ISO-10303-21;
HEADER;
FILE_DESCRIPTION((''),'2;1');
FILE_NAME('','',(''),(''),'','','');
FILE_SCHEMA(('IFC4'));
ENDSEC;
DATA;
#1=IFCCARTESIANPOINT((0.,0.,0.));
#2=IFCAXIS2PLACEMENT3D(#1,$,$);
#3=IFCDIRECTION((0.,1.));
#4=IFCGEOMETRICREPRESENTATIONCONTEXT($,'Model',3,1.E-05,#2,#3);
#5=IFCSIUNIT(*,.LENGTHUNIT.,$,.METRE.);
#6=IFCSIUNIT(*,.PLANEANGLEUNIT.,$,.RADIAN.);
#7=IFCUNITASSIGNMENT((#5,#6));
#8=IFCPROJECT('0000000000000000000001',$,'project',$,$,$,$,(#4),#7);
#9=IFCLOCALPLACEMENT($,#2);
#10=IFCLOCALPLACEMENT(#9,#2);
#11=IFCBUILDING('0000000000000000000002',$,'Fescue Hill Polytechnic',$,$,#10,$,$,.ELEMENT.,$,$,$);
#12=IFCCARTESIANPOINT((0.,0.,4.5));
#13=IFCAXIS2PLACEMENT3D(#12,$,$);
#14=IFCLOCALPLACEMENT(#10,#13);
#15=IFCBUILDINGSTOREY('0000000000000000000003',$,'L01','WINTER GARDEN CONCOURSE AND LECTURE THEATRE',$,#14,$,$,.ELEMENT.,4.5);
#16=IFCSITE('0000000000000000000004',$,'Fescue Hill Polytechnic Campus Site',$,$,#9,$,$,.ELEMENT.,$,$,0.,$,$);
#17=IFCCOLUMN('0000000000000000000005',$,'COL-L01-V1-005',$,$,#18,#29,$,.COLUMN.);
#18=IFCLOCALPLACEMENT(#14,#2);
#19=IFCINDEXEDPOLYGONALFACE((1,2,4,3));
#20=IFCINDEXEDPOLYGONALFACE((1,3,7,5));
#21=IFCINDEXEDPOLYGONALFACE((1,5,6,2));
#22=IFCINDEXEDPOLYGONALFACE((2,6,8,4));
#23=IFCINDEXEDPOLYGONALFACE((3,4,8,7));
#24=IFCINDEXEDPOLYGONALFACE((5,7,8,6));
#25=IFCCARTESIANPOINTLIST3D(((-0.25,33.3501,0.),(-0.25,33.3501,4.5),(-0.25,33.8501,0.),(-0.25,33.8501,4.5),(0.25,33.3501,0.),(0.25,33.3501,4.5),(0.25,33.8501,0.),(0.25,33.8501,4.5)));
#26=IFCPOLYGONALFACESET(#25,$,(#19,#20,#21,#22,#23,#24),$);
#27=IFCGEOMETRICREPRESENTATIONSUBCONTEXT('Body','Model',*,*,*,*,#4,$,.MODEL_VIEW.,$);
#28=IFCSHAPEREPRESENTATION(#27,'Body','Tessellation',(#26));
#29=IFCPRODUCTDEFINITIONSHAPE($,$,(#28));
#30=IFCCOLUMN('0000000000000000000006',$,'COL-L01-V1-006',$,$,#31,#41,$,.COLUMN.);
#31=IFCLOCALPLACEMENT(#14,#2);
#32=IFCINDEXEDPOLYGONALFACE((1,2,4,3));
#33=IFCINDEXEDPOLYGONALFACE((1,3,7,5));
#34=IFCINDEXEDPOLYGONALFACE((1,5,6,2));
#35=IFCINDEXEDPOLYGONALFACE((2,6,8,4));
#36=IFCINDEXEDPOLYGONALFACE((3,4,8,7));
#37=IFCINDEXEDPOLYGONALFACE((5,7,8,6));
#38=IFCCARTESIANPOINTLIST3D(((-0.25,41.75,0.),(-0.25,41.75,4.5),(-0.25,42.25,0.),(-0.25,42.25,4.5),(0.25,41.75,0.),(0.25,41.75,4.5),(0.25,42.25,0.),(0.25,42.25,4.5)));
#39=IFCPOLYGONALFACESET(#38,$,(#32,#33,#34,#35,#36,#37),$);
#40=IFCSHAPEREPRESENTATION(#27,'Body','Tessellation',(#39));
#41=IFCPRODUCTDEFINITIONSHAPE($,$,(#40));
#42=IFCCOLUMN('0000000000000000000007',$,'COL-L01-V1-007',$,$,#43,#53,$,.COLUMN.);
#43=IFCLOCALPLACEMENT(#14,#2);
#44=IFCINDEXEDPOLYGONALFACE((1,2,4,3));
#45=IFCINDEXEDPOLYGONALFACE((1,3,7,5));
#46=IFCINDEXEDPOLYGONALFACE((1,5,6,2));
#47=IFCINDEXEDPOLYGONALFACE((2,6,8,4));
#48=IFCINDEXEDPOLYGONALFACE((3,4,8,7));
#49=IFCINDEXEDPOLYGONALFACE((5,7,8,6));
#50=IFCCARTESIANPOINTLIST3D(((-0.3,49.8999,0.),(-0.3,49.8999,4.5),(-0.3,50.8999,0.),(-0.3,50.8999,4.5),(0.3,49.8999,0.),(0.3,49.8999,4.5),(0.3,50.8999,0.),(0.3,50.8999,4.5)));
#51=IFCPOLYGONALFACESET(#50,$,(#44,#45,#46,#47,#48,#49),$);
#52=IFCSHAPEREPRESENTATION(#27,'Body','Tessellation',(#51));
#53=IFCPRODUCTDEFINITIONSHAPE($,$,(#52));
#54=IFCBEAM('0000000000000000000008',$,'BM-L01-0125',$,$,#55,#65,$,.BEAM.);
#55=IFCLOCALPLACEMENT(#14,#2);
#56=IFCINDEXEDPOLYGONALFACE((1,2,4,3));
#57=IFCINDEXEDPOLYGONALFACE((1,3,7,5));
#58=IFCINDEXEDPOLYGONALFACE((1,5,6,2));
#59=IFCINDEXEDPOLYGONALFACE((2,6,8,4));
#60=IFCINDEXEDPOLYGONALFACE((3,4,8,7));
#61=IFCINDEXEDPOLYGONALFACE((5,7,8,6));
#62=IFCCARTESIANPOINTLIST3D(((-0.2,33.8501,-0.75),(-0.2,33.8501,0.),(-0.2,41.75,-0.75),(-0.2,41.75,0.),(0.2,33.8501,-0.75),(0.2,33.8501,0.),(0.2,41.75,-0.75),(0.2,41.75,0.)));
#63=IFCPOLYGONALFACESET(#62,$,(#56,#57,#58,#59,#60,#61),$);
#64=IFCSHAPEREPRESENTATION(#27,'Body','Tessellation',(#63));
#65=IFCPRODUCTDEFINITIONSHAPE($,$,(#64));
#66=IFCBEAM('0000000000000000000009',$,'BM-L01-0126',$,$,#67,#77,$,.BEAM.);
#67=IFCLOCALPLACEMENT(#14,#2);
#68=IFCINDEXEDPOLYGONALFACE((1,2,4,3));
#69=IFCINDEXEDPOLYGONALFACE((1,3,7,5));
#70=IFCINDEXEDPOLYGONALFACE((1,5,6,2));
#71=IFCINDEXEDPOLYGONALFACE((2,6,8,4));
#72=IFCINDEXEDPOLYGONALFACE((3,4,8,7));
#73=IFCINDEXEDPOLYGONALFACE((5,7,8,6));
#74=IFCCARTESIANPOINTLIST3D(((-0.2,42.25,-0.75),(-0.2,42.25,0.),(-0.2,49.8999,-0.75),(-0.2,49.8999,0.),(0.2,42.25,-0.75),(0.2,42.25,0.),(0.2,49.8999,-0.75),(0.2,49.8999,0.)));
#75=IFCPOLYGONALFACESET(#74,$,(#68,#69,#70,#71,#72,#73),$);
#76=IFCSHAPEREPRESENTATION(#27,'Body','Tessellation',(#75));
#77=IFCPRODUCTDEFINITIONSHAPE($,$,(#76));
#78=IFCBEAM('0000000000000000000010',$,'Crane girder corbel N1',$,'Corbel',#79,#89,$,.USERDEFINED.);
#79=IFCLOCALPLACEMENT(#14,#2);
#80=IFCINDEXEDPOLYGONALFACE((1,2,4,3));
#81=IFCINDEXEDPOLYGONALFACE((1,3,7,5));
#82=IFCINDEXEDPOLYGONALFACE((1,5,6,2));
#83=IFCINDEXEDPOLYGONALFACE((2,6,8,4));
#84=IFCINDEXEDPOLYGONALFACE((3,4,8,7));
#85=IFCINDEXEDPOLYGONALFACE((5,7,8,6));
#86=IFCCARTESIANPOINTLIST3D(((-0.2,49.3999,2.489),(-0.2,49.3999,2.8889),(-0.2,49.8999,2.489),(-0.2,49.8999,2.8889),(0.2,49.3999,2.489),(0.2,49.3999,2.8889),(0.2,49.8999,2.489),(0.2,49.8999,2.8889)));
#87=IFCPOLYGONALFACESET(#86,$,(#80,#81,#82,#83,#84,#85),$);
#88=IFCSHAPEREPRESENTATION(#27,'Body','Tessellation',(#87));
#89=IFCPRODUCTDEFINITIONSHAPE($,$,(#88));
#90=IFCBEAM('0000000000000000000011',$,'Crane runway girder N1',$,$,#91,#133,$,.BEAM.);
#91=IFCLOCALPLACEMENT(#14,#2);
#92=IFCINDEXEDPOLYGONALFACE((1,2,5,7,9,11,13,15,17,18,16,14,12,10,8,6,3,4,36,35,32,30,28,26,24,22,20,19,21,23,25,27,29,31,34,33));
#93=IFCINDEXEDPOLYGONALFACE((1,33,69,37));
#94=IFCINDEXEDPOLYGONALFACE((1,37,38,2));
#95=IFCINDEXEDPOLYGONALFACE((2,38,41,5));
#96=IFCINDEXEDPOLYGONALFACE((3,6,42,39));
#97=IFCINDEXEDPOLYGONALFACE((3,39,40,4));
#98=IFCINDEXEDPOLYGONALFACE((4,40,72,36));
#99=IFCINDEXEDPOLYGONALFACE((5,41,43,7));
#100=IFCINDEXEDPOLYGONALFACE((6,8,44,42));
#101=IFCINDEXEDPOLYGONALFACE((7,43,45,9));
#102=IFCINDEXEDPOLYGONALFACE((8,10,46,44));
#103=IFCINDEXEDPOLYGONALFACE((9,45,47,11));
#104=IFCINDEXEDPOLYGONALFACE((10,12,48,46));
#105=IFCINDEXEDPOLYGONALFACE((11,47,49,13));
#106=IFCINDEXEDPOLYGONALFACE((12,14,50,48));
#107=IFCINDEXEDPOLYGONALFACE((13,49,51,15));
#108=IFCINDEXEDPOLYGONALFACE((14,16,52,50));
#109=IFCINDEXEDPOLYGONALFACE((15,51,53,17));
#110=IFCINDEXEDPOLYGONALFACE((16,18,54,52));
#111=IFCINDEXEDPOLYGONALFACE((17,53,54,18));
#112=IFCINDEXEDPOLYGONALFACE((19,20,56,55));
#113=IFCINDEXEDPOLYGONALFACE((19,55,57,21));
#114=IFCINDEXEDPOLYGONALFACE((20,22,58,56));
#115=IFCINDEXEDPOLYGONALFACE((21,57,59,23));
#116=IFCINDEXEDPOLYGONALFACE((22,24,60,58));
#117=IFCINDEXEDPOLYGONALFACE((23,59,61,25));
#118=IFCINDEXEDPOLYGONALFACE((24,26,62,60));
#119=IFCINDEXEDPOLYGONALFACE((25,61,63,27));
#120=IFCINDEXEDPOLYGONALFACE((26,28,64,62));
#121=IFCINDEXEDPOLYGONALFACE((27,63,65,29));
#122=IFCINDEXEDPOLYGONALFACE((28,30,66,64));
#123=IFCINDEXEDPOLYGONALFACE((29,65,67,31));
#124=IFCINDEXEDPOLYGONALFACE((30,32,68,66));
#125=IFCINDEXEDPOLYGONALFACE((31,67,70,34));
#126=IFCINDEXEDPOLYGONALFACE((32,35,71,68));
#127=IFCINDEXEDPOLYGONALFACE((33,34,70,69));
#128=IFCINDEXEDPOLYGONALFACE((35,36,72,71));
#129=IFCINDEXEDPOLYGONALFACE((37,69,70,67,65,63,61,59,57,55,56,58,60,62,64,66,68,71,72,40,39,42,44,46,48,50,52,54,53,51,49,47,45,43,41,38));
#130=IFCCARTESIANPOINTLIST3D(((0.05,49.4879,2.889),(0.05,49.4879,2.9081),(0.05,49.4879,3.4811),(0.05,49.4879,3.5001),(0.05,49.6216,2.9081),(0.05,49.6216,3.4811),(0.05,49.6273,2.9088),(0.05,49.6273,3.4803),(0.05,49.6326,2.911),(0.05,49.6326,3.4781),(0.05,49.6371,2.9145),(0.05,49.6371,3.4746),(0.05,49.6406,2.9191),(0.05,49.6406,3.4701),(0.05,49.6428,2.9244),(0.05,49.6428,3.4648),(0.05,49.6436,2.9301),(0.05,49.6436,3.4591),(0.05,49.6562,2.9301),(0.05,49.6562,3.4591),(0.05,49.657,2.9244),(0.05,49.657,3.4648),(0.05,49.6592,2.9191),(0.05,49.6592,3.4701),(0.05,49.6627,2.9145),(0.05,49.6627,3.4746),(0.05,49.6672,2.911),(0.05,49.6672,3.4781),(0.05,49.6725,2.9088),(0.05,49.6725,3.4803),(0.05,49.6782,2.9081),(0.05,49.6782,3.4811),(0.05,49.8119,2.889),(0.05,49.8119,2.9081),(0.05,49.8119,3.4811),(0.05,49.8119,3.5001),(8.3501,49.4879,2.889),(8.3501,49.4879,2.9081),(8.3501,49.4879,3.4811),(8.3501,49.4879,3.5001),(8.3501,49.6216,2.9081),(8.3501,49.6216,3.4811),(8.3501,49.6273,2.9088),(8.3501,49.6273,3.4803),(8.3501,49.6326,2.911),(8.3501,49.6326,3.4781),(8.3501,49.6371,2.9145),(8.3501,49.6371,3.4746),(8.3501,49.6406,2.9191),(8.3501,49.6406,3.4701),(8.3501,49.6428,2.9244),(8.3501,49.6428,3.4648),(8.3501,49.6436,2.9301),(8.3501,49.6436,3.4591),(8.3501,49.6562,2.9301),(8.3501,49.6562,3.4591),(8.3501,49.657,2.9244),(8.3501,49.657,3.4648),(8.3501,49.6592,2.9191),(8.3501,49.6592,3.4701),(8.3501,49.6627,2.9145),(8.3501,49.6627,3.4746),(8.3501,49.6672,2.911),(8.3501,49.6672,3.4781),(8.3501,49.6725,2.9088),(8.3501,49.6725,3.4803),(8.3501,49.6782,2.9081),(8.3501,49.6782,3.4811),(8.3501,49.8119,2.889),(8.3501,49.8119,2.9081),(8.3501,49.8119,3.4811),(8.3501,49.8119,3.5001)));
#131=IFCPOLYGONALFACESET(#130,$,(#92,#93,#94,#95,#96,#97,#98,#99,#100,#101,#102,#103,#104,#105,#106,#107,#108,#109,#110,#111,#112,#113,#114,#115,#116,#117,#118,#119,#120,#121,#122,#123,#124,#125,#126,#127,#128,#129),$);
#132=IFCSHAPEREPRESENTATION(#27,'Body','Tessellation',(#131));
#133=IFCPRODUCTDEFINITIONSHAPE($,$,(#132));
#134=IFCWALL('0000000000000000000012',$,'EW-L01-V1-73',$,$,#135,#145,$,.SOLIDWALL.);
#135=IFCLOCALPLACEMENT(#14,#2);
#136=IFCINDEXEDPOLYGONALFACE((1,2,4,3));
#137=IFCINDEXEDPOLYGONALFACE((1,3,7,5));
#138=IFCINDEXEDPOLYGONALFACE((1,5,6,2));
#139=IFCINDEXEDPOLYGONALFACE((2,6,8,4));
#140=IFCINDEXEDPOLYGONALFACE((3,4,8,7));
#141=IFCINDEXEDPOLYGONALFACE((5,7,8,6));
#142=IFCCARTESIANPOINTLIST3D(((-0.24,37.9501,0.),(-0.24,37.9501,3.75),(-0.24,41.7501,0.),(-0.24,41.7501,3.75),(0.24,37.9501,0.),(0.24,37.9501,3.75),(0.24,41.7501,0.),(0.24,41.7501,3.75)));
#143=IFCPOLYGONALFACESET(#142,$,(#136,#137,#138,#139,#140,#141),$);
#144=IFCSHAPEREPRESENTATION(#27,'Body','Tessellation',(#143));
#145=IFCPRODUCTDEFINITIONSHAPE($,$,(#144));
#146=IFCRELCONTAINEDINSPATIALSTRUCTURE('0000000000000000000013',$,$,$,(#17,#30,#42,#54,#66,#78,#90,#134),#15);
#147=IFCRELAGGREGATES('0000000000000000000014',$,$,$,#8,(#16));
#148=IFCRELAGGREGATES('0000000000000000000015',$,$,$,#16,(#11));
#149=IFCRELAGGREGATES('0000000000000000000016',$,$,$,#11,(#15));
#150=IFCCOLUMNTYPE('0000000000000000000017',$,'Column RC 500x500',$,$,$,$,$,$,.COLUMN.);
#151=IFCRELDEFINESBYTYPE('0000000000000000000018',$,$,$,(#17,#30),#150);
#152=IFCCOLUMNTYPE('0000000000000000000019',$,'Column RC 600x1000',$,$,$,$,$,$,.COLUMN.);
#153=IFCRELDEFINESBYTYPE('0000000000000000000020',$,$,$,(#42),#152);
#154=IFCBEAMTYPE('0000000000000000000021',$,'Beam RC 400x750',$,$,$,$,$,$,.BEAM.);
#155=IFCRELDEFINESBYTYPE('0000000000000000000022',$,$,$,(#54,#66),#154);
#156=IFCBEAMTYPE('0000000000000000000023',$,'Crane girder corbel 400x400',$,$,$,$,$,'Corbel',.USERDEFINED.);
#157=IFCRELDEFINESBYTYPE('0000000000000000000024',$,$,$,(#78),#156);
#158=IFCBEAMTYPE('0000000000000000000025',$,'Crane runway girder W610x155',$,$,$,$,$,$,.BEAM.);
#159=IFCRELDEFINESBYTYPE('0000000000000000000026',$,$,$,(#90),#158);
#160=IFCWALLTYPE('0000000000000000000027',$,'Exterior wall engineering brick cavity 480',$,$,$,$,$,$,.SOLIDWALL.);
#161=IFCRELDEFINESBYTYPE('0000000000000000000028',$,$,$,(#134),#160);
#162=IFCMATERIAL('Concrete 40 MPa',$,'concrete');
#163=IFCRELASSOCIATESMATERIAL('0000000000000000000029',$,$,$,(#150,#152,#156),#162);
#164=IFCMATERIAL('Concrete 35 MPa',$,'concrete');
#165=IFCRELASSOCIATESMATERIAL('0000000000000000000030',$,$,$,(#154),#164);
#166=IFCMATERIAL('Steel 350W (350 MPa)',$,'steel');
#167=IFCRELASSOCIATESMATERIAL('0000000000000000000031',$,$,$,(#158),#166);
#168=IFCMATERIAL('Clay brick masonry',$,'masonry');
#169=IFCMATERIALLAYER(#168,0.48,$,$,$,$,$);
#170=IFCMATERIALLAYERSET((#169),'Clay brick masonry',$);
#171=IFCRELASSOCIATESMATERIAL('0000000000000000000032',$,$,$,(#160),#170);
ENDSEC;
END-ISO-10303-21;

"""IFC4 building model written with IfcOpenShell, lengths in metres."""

from ifc_helpers import new_model, si_unit, direction, frame, frame_2d, origin, origin_2d, place, context, subcontext, project, spatial, rectangle, i_section, extrude, material, layer, layer_set, material_profile, profile_set, type_object, element, save


model = new_model("IFC4")

# Units and contexts
model_context = context("Model", 3, precision=1e-05, world=origin(), true_north=direction((0.0, 1.0)))
body_context = subcontext(model_context, "Body", "Model", "MODEL_VIEW")
ifc_project = project(units=[si_unit("LENGTHUNIT", "METRE"), si_unit("PLANEANGLEUNIT", "RADIAN")], contexts=[model_context])

# Site, building, storey
site_placement = place(None, origin())
site = spatial("IfcSite", under=ifc_project, at=site_placement, Name="Fescue Hill Polytechnic Campus Site", CompositionType="ELEMENT", RefElevation=0.0)
building_placement = place(site_placement, origin())
building = spatial("IfcBuilding", under=site, at=building_placement, Name="Fescue Hill Polytechnic", CompositionType="ELEMENT")
storey_placement = place(building_placement, frame((0.0, 0.0, 4.5)))
storey = spatial("IfcBuildingStorey", under=building, at=storey_placement, Name="L01", Description="WINTER GARDEN CONCOURSE AND LECTURE THEATRE", CompositionType="ELEMENT", Elevation=4.5)

# Columns
ifc_material_1 = material(Name="Concrete 40 MPa", Category="concrete")
ifc_material_profile_1 = material_profile(ifc_material_1, rectangle(XDim=0.5, YDim=0.5, at=origin_2d()), Name="RC 500x500")
ifc_profile_set_1 = profile_set([ifc_material_profile_1], Name="Concrete 40 MPa")
column_type_1 = type_object("IfcColumnType", Name="Column RC 500x500", PredefinedType="COLUMN", material=ifc_profile_set_1)
for number, where, z_axis, x_axis, name in (
    (1, (0.0, 33.6001, 0.0), (0.0, 0.0, 1.0), (1.0, 0.0, 0.0), "COL-L01-V1-005"),
    (2, (0.0, 42.0, 0.0), (0.0, 0.0, 1.0), (1.0, 0.0, 0.0), "COL-L01-V1-006"),
):
    element("IfcColumn", number, at=place(storey_placement, frame(where, z_axis=z_axis, x_axis=x_axis)), inside=storey, type_object=column_type_1, Name=name, PredefinedType="COLUMN", context=body_context, shape_type="SweptSolid", body=[
        extrude(rectangle(XDim=0.5, YDim=0.5, at=origin_2d()), origin(), (0.0, 0.0, 1.0), 4.5),
    ])
ifc_material_profile_2 = material_profile(ifc_material_1, rectangle(XDim=0.6001, YDim=1.0, at=origin_2d()), Name="RC 600x1000")
ifc_profile_set_2 = profile_set([ifc_material_profile_2], Name="Concrete 40 MPa")
column_type_2 = type_object("IfcColumnType", Name="Column RC 600x1000", PredefinedType="COLUMN", material=ifc_profile_set_2)
column_placement = place(storey_placement, frame((0.0, 50.3999, 0.0), z_axis=(0.0, 0.0, 1.0), x_axis=(1.0, 0.0, 0.0)))
element("IfcColumn", 3, at=column_placement, inside=storey, type_object=column_type_2, Name="COL-L01-V1-007", PredefinedType="COLUMN", context=body_context, shape_type="SweptSolid", body=[
    extrude(rectangle(XDim=0.6001, YDim=1.0, at=origin_2d()), origin(), (0.0, 0.0, 1.0), 4.5),
])

# Beams
ifc_material_2 = material(Name="Concrete 35 MPa", Category="concrete")
ifc_material_profile_3 = material_profile(ifc_material_2, rectangle(XDim=0.3999, YDim=0.75, at=origin_2d()), Name="RC 400x750")
ifc_profile_set_3 = profile_set([ifc_material_profile_3], Name="Concrete 35 MPa")
beam_type_1 = type_object("IfcBeamType", Name="Beam RC 400x750", PredefinedType="BEAM", material=ifc_profile_set_3)
beam_1_placement = place(storey_placement, frame((0.0, 41.75, -0.375), z_axis=(0.0, -1.0, 0.0), x_axis=(1.0, 0.0, 0.0)))
element("IfcBeam", 4, at=beam_1_placement, inside=storey, type_object=beam_type_1, Name="BM-L01-0125", PredefinedType="BEAM", context=body_context, shape_type="SweptSolid", body=[
    extrude(rectangle(XDim=0.3999, YDim=0.75, at=origin_2d()), origin(), (0.0, 0.0, 1.0), 7.8999),
])
beam_2_placement = place(storey_placement, frame((0.0, 42.25, -0.375), z_axis=(0.0, 1.0, 0.0), x_axis=(-1.0, 0.0, 0.0)))
element("IfcBeam", 5, at=beam_2_placement, inside=storey, type_object=beam_type_1, Name="BM-L01-0126", PredefinedType="BEAM", context=body_context, shape_type="SweptSolid", body=[
    extrude(rectangle(XDim=0.3999, YDim=0.75, at=origin_2d()), origin(), (0.0, 0.0, 1.0), 7.6499),
])
ifc_material_profile_4 = material_profile(ifc_material_1, rectangle(XDim=0.3999, YDim=0.3999, at=origin_2d()), Name="Crane girder corbel 400x400")
ifc_profile_set_4 = profile_set([ifc_material_profile_4], Name="Concrete 40 MPa")
beam_type_2 = type_object("IfcBeamType", Name="Crane girder corbel 400x400", ElementType="Corbel", PredefinedType="USERDEFINED", material=ifc_profile_set_4)
beam_3_placement = place(storey_placement, frame((0.0, 49.8999, 2.689), z_axis=(0.0, -1.0, 0.0), x_axis=(1.0, 0.0, 0.0)))
element("IfcBeam", 6, at=beam_3_placement, inside=storey, type_object=beam_type_2, Name="Crane girder corbel N1", ObjectType="Corbel", PredefinedType="USERDEFINED", context=body_context, shape_type="SweptSolid", body=[
    extrude(rectangle(XDim=0.3999, YDim=0.3999, at=origin_2d()), origin(), (0.0, 0.0, 1.0), 0.5),
])
ifc_material_3 = material(Name="Steel 350W (350 MPa)", Category="steel")
ifc_material_profile_5 = material_profile(ifc_material_3, i_section(OverallWidth=0.324, OverallDepth=0.6111, WebThickness=0.0127, FlangeThickness=0.019, FilletRadius=0.022, at=origin_2d()), Name="W610x155")
ifc_profile_set_5 = profile_set([ifc_material_profile_5], Name="Steel 350W (350 MPa)")
beam_type_3 = type_object("IfcBeamType", Name="Crane runway girder W610x155", PredefinedType="BEAM", material=ifc_profile_set_5)
beam_4_placement = place(storey_placement, frame((0.05, 49.6499, 3.1946), z_axis=(1.0, 0.0, 0.0), x_axis=(0.0, 1.0, 0.0)))
element("IfcBeam", 7, at=beam_4_placement, inside=storey, type_object=beam_type_3, Name="Crane runway girder N1", PredefinedType="BEAM", context=body_context, shape_type="SweptSolid", body=[
    extrude(i_section(OverallWidth=0.324, OverallDepth=0.6111, WebThickness=0.0127, FlangeThickness=0.019, FilletRadius=0.022, at=origin_2d()), origin(), (0.0, 0.0, 1.0), 8.3),
])

# Wall
ifc_material_4 = material(Name="Clay brick masonry", Category="masonry")
ifc_layer_1 = layer(ifc_material_4, 0.48)
ifc_layer_set_1 = layer_set([ifc_layer_1], Name="Clay brick masonry")
wall_type_1 = type_object("IfcWallType", Name="Exterior wall engineering brick cavity 480", PredefinedType="SOLIDWALL", material=ifc_layer_set_1)
wall_1_placement = place(storey_placement, frame((0.0, 41.75, 0.0), z_axis=(0.0, 0.0, 1.0), x_axis=(0.0, -1.0, 0.0)))
element("IfcWall", 8, at=wall_1_placement, inside=storey, type_object=wall_type_1, Name="EW-L01-V1-73", PredefinedType="SOLIDWALL", context=body_context, shape_type="SweptSolid", body=[
    extrude(rectangle(XDim=3.8, YDim=0.48, at=frame_2d((1.8999, 0.0))), origin(), (0.0, 0.0, 1.0), 3.75),
])

save(model, "model.ifc")
